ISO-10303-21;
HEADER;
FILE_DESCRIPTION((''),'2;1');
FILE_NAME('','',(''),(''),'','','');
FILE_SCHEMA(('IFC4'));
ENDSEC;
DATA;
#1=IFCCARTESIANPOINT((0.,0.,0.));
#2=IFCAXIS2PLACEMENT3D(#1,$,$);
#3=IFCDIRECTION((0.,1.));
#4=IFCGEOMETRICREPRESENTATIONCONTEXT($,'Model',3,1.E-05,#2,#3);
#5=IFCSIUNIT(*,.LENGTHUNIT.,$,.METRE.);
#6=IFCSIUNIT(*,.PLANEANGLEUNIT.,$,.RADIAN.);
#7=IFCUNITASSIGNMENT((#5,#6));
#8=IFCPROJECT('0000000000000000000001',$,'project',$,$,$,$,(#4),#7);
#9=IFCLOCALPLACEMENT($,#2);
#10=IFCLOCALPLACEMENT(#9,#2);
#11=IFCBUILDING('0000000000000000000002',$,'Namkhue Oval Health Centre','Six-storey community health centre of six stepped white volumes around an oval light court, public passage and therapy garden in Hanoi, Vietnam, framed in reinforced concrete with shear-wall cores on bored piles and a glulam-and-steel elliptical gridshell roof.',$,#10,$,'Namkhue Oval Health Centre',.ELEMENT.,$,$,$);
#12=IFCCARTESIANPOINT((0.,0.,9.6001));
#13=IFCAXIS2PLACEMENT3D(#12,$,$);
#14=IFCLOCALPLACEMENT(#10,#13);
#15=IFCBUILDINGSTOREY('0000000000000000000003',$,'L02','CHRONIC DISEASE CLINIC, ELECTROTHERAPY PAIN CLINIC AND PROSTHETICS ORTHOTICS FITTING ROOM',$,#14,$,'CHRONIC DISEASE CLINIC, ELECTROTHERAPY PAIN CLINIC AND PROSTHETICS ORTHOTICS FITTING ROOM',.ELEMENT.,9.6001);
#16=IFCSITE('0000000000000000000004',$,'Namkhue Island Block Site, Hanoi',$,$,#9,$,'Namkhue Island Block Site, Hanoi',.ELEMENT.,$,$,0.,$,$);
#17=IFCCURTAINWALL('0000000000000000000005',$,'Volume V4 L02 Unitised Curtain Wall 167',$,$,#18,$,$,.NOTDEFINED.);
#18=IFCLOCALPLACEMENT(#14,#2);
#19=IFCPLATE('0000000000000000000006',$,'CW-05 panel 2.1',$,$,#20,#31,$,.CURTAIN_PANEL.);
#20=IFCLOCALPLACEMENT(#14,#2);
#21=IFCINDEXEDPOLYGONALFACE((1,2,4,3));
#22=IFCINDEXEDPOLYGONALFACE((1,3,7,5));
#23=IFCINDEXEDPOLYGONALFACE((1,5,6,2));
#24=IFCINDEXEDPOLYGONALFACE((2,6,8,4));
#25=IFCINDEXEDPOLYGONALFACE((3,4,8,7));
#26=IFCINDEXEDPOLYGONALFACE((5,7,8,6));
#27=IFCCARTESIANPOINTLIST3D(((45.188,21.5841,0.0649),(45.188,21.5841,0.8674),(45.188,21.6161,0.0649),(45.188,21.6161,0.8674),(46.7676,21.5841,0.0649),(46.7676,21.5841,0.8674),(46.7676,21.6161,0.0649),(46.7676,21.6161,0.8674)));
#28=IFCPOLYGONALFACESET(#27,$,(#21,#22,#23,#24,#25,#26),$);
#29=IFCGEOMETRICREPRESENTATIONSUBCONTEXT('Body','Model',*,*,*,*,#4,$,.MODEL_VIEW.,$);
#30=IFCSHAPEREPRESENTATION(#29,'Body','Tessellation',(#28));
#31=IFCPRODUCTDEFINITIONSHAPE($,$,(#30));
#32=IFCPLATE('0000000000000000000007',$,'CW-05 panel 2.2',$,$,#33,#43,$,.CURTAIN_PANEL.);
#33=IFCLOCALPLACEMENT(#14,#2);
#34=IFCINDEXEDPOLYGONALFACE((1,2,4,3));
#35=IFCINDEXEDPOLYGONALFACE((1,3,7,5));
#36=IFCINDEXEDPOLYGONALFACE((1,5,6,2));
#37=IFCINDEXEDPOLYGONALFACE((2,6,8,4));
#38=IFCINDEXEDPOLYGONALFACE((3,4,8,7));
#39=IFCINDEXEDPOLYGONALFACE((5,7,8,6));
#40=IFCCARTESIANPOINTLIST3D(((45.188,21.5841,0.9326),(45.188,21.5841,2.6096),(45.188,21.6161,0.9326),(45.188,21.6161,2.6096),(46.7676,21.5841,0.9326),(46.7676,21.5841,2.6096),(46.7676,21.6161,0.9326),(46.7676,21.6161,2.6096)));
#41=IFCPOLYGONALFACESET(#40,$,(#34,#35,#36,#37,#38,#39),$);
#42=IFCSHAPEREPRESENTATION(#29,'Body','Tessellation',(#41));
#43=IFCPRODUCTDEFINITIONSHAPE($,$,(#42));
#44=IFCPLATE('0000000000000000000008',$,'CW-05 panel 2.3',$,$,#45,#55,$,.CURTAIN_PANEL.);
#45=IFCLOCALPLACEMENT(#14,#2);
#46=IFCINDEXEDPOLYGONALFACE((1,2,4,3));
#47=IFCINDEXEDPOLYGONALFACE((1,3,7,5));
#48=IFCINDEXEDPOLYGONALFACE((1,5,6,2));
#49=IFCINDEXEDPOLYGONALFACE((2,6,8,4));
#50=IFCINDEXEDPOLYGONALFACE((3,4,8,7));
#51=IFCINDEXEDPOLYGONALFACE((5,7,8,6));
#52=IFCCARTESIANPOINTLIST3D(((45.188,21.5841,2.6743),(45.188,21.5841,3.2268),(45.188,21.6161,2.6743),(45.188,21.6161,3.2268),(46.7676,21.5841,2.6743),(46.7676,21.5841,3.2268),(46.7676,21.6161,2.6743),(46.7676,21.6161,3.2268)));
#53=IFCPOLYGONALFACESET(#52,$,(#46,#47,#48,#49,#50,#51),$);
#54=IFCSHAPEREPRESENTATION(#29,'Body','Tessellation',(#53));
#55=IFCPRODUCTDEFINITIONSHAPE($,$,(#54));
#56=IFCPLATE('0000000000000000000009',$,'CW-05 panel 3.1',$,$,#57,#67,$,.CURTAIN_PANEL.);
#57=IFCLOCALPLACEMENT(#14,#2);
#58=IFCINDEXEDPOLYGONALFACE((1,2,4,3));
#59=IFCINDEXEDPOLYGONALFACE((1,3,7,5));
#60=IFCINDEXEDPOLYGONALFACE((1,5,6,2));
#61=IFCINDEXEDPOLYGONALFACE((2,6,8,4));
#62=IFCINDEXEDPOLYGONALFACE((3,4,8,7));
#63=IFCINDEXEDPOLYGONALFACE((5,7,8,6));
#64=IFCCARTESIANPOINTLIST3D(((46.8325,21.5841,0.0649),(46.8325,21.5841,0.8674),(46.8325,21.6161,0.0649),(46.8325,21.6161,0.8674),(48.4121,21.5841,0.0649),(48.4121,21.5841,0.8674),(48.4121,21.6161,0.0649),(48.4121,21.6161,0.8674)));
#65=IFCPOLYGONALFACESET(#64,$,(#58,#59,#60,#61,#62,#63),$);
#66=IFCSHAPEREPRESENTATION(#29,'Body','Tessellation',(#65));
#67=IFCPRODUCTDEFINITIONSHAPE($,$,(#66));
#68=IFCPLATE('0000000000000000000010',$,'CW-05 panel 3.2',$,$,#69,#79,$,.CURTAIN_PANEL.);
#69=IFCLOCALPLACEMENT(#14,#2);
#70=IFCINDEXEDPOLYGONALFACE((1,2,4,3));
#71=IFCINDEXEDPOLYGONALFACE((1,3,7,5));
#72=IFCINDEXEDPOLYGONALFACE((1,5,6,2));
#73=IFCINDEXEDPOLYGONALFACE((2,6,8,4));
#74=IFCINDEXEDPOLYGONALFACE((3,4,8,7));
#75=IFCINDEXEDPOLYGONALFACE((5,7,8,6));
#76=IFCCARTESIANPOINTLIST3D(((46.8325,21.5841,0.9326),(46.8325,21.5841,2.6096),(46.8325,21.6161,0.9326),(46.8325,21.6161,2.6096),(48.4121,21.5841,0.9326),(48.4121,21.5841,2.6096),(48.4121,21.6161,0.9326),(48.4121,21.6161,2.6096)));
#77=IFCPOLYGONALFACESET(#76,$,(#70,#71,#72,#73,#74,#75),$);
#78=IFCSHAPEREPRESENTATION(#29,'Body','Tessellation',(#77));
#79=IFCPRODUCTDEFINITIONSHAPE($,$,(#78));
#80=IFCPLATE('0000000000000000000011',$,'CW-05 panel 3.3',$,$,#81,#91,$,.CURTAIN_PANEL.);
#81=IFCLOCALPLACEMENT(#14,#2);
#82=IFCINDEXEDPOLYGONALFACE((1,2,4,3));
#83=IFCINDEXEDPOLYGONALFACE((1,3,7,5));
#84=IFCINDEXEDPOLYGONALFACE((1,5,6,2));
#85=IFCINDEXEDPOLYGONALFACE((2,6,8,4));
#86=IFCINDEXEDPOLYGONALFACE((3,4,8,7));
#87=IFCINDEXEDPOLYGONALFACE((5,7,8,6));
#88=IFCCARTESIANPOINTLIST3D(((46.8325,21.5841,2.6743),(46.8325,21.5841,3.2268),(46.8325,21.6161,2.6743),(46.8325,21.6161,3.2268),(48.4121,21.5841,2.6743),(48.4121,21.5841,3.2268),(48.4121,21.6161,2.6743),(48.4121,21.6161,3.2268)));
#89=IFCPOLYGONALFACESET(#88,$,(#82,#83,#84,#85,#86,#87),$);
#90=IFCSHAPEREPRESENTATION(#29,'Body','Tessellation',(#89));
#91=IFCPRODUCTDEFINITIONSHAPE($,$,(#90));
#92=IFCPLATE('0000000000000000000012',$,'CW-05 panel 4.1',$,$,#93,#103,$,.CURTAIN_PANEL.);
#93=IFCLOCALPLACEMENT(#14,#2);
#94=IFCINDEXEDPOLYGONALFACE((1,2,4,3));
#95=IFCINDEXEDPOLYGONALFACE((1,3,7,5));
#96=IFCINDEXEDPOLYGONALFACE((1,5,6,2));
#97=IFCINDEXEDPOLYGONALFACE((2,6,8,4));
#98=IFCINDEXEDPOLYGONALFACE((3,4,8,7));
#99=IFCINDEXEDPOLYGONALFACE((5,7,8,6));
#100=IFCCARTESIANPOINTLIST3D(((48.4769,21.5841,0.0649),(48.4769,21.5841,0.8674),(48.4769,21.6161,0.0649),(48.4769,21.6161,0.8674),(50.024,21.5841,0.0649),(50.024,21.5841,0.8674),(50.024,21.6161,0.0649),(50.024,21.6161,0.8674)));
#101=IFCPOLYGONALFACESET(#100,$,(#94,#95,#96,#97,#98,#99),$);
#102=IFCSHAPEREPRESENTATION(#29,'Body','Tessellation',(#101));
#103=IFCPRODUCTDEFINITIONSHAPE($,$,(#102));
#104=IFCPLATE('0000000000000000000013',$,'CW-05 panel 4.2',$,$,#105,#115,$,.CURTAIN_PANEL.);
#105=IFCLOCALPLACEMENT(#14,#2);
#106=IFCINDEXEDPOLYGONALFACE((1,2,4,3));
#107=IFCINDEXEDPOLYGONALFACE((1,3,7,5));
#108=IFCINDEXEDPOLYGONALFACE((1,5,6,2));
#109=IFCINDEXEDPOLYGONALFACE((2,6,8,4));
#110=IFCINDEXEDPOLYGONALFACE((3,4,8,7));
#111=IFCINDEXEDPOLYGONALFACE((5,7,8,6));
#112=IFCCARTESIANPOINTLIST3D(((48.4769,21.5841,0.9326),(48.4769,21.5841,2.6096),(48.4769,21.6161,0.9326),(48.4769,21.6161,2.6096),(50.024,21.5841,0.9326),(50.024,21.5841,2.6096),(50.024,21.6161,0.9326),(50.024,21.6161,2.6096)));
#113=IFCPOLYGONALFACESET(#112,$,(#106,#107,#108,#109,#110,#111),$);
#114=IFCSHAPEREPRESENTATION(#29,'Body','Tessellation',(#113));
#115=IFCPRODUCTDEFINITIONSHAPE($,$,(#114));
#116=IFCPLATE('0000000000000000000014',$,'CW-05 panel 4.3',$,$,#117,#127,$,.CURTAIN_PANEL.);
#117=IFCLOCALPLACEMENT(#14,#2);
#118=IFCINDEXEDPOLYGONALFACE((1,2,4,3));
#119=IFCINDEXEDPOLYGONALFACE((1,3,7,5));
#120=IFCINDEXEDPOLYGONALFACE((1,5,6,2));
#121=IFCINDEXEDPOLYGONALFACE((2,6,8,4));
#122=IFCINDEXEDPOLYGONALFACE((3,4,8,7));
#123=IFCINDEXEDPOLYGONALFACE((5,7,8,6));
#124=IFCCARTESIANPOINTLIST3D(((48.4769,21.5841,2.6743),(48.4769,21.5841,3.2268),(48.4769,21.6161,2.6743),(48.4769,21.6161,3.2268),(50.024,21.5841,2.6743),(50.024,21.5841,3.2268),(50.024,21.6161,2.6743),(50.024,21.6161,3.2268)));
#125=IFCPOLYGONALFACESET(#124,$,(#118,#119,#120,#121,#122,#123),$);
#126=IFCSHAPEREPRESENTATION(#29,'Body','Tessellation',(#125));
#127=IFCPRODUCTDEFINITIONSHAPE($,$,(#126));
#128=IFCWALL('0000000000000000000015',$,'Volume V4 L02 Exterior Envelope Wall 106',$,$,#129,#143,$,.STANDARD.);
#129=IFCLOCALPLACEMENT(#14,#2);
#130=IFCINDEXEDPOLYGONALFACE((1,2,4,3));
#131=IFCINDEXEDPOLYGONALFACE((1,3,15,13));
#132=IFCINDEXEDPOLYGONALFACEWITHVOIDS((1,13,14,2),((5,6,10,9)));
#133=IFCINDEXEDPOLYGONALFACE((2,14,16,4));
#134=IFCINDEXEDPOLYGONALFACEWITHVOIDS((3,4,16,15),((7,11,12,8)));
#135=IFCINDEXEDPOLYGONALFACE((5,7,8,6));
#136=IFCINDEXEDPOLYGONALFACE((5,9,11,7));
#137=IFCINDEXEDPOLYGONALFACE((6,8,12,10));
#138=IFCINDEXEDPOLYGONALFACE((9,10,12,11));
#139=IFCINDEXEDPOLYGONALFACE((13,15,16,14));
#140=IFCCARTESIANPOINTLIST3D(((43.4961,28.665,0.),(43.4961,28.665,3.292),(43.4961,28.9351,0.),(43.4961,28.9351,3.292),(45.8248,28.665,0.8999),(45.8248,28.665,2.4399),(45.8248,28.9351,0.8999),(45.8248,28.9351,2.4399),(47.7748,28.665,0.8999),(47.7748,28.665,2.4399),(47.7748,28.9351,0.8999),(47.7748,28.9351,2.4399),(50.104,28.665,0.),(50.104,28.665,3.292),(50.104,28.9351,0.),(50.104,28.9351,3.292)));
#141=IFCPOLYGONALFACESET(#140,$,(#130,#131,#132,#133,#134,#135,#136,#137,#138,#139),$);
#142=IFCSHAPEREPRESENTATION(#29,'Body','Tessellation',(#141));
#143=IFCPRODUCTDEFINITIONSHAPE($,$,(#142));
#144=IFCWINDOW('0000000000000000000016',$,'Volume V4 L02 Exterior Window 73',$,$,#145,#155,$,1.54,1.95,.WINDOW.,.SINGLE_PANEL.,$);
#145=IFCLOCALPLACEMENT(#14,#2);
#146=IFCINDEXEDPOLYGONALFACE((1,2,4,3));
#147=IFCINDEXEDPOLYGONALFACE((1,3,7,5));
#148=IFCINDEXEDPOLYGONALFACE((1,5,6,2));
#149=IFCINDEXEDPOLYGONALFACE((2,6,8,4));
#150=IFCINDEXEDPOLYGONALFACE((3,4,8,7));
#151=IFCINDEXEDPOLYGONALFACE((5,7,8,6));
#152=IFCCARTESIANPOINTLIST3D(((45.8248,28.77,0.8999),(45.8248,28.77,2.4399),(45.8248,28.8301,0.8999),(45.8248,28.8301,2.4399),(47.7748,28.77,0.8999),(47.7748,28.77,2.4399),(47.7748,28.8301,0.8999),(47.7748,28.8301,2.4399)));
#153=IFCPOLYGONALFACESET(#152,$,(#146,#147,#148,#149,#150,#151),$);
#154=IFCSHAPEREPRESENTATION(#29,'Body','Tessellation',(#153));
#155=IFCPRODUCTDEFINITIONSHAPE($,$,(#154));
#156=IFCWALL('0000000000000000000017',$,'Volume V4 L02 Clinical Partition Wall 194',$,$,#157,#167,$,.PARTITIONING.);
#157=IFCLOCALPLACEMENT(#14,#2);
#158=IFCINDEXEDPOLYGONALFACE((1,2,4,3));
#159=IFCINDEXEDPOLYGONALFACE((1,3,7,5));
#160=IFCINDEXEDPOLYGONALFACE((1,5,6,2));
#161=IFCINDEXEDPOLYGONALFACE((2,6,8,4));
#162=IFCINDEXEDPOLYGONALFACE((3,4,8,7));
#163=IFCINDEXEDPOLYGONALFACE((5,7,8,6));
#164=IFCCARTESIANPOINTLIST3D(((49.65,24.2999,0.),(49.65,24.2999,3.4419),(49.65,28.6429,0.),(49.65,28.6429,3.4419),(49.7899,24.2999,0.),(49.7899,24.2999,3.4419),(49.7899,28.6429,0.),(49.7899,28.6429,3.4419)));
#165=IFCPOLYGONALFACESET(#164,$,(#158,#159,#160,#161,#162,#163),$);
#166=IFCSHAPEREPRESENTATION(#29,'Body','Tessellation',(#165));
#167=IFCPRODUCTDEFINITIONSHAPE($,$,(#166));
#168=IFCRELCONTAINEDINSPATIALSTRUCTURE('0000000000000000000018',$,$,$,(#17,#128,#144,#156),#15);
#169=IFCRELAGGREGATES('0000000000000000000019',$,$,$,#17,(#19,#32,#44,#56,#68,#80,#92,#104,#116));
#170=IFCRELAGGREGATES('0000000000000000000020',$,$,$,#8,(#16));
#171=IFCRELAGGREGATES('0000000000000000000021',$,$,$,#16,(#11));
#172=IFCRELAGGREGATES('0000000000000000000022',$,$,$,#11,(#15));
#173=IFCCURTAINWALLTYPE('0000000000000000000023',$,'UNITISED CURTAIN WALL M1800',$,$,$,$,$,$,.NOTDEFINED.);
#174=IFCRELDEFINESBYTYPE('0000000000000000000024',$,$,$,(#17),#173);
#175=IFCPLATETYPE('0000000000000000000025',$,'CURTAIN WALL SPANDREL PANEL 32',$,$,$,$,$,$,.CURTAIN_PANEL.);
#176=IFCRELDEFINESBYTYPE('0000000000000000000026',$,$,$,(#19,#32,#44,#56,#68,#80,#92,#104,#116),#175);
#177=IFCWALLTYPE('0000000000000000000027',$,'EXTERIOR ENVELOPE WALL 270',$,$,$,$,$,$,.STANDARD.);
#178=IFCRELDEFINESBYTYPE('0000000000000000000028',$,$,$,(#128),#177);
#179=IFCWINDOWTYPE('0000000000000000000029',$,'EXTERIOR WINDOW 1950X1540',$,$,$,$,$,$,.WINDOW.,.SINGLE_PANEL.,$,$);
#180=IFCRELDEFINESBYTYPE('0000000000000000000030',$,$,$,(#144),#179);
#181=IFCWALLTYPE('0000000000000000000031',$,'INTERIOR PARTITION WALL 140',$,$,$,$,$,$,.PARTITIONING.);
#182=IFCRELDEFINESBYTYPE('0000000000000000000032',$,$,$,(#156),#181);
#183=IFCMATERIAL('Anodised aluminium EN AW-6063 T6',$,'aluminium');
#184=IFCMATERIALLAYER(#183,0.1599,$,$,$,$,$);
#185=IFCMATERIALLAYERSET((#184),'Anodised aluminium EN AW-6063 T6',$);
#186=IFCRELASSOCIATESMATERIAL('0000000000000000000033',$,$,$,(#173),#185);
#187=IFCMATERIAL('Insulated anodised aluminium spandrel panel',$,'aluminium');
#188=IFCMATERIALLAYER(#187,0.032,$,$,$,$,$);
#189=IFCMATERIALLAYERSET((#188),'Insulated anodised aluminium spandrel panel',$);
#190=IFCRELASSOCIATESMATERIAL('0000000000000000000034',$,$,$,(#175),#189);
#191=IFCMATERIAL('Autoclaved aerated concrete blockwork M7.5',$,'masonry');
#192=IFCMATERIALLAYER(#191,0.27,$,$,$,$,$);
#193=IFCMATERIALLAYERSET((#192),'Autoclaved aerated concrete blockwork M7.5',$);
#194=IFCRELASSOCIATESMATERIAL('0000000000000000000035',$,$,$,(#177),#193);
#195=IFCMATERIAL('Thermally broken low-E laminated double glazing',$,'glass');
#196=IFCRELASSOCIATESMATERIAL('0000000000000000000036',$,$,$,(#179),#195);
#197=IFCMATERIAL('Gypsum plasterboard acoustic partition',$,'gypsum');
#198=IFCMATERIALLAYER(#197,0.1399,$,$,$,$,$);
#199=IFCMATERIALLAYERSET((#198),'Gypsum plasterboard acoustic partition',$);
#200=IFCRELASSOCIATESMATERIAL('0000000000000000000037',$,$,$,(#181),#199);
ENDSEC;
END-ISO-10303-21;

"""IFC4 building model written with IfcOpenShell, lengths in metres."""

from ifc_helpers import new_model, si_unit, direction, frame, frame_2d, origin, origin_2d, place, context, subcontext, project, spatial, rectangle, extrude, material, layer, layer_set, type_object, element, fill, aggregate, save


model = new_model("IFC4")

# Units and contexts
model_context = context("Model", 3, precision=1e-05, world=origin(), true_north=direction((0.0, 1.0)))
body_context = subcontext(model_context, "Body", "Model", "MODEL_VIEW")
ifc_project = project(units=[si_unit("LENGTHUNIT", "METRE"), si_unit("PLANEANGLEUNIT", "RADIAN")], contexts=[model_context])

# Site, building, storey
site_placement = place(None, origin())
site = spatial("IfcSite", under=ifc_project, at=site_placement, Name="Namkhue Island Block Site, Hanoi", LongName="Namkhue Island Block Site, Hanoi", CompositionType="ELEMENT", RefElevation=0.0)
building_placement = place(site_placement, origin())
building = spatial("IfcBuilding", under=site, at=building_placement, Name="Namkhue Oval Health Centre", Description="Six-storey community health centre of six stepped white volumes around an oval light court, public passage and therapy garden in Hanoi, Vietnam, framed in reinforced concrete with shear-wall cores on bored piles and a glulam-and-steel elliptical gridshell roof.", LongName="Namkhue Oval Health Centre", CompositionType="ELEMENT")
storey_placement = place(building_placement, frame((0.0, 0.0, 9.6001)))
storey = spatial("IfcBuildingStorey", under=building, at=storey_placement, Name="L02", Description="CHRONIC DISEASE CLINIC, ELECTROTHERAPY PAIN CLINIC AND PROSTHETICS ORTHOTICS FITTING ROOM", LongName="CHRONIC DISEASE CLINIC, ELECTROTHERAPY PAIN CLINIC AND PROSTHETICS ORTHOTICS FITTING ROOM", CompositionType="ELEMENT", Elevation=9.6001)

# Curtain wall, plates
ifc_material_1 = material(Name="Anodised aluminium EN AW-6063 T6", Category="aluminium")
ifc_layer_1 = layer(ifc_material_1, 0.1599)
ifc_layer_set_1 = layer_set([ifc_layer_1], Name="Anodised aluminium EN AW-6063 T6")
curtain_wall_type = type_object("IfcCurtainWallType", Name="UNITISED CURTAIN WALL M1800", PredefinedType="NOTDEFINED", material=ifc_layer_set_1)
curtain_wall_placement = place(storey_placement, origin())
curtain_wall = element("IfcCurtainWall", 1, at=curtain_wall_placement, inside=storey, type_object=curtain_wall_type, Name="Volume V4 L02 Unitised Curtain Wall 167", PredefinedType="NOTDEFINED")
ifc_material_2 = material(Name="Insulated anodised aluminium spandrel panel", Category="aluminium")
ifc_layer_2 = layer(ifc_material_2, 0.032)
ifc_layer_set_2 = layer_set([ifc_layer_2], Name="Insulated anodised aluminium spandrel panel")
plate_type = type_object("IfcPlateType", Name="CURTAIN WALL SPANDREL PANEL 32", PredefinedType="CURTAIN_PANEL", material=ifc_layer_set_2)
plate_1_placement = place(storey_placement, frame((45.9778, 21.6001, 0.0649), z_axis=(0.0, 0.0, 1.0), x_axis=(1.0, 0.0, 0.0)))
plate_1 = element("IfcPlate", 2, at=plate_1_placement, type_object=plate_type, Name="CW-05 panel 2.1", PredefinedType="CURTAIN_PANEL", context=body_context, shape_type="SweptSolid", body=[
    extrude(rectangle(XDim=1.5796, YDim=0.032, at=origin_2d()), origin(), (0.0, 0.0, 1.0), 0.8025),
])
plate_2_placement = place(storey_placement, frame((45.9778, 21.6001, 0.9326), z_axis=(0.0, 0.0, 1.0), x_axis=(1.0, 0.0, 0.0)))
plate_2 = element("IfcPlate", 3, at=plate_2_placement, type_object=plate_type, Name="CW-05 panel 2.2", PredefinedType="CURTAIN_PANEL", context=body_context, shape_type="SweptSolid", body=[
    extrude(rectangle(XDim=1.5796, YDim=0.032, at=origin_2d()), origin(), (0.0, 0.0, 1.0), 1.677),
])
plate_3_placement = place(storey_placement, frame((45.9778, 21.6001, 2.6743), z_axis=(0.0, 0.0, 1.0), x_axis=(1.0, 0.0, 0.0)))
plate_3 = element("IfcPlate", 4, at=plate_3_placement, type_object=plate_type, Name="CW-05 panel 2.3", PredefinedType="CURTAIN_PANEL", context=body_context, shape_type="SweptSolid", body=[
    extrude(rectangle(XDim=1.5796, YDim=0.032, at=origin_2d()), origin(), (0.0, 0.0, 1.0), 0.5525),
])
plate_4_placement = place(storey_placement, frame((47.6223, 21.6001, 0.0649), z_axis=(0.0, 0.0, 1.0), x_axis=(1.0, 0.0, 0.0)))
plate_4 = element("IfcPlate", 5, at=plate_4_placement, type_object=plate_type, Name="CW-05 panel 3.1", PredefinedType="CURTAIN_PANEL", context=body_context, shape_type="SweptSolid", body=[
    extrude(rectangle(XDim=1.5796, YDim=0.032, at=origin_2d()), origin(), (0.0, 0.0, 1.0), 0.8025),
])
plate_5_placement = place(storey_placement, frame((47.6223, 21.6001, 0.9326), z_axis=(0.0, 0.0, 1.0), x_axis=(1.0, 0.0, 0.0)))
plate_5 = element("IfcPlate", 6, at=plate_5_placement, type_object=plate_type, Name="CW-05 panel 3.2", PredefinedType="CURTAIN_PANEL", context=body_context, shape_type="SweptSolid", body=[
    extrude(rectangle(XDim=1.5796, YDim=0.032, at=origin_2d()), origin(), (0.0, 0.0, 1.0), 1.677),
])
plate_6_placement = place(storey_placement, frame((47.6223, 21.6001, 2.6743), z_axis=(0.0, 0.0, 1.0), x_axis=(1.0, 0.0, 0.0)))
plate_6 = element("IfcPlate", 7, at=plate_6_placement, type_object=plate_type, Name="CW-05 panel 3.3", PredefinedType="CURTAIN_PANEL", context=body_context, shape_type="SweptSolid", body=[
    extrude(rectangle(XDim=1.5796, YDim=0.032, at=origin_2d()), origin(), (0.0, 0.0, 1.0), 0.5525),
])
plate_7_placement = place(storey_placement, frame((49.2505, 21.6001, 0.0649), z_axis=(0.0, 0.0, 1.0), x_axis=(1.0, 0.0, 0.0)))
plate_7 = element("IfcPlate", 8, at=plate_7_placement, type_object=plate_type, Name="CW-05 panel 4.1", PredefinedType="CURTAIN_PANEL", context=body_context, shape_type="SweptSolid", body=[
    extrude(rectangle(XDim=1.5471, YDim=0.032, at=origin_2d()), origin(), (0.0, 0.0, 1.0), 0.8025),
])
plate_8_placement = place(storey_placement, frame((49.2505, 21.6001, 0.9326), z_axis=(0.0, 0.0, 1.0), x_axis=(1.0, 0.0, 0.0)))
plate_8 = element("IfcPlate", 9, at=plate_8_placement, type_object=plate_type, Name="CW-05 panel 4.2", PredefinedType="CURTAIN_PANEL", context=body_context, shape_type="SweptSolid", body=[
    extrude(rectangle(XDim=1.5471, YDim=0.032, at=origin_2d()), origin(), (0.0, 0.0, 1.0), 1.677),
])
plate_9_placement = place(storey_placement, frame((49.2505, 21.6001, 2.6743), z_axis=(0.0, 0.0, 1.0), x_axis=(1.0, 0.0, 0.0)))
plate_9 = element("IfcPlate", 10, at=plate_9_placement, type_object=plate_type, Name="CW-05 panel 4.3", PredefinedType="CURTAIN_PANEL", context=body_context, shape_type="SweptSolid", body=[
    extrude(rectangle(XDim=1.5471, YDim=0.032, at=origin_2d()), origin(), (0.0, 0.0, 1.0), 0.5525),
])
aggregate(curtain_wall, [plate_1, plate_2, plate_3, plate_4, plate_5, plate_6, plate_7, plate_8, plate_9])

# Wall, opening, window
ifc_material_3 = material(Name="Autoclaved aerated concrete blockwork M7.5", Category="masonry")
ifc_layer_3 = layer(ifc_material_3, 0.27)
ifc_layer_set_3 = layer_set([ifc_layer_3], Name="Autoclaved aerated concrete blockwork M7.5")
wall_type_1 = type_object("IfcWallType", Name="EXTERIOR ENVELOPE WALL 270", PredefinedType="STANDARD", material=ifc_layer_set_3)
wall_1_placement = place(storey_placement, frame((50.104, 28.8, 0.0), z_axis=(0.0, 0.0, 1.0), x_axis=(-1.0, 0.0, 0.0)))
wall_1 = element("IfcWall", 11, at=wall_1_placement, inside=storey, type_object=wall_type_1, Name="Volume V4 L02 Exterior Envelope Wall 106", PredefinedType="STANDARD", context=body_context, shape_type="SweptSolid", body=[
    extrude(rectangle(XDim=6.6079, YDim=0.27, at=frame_2d((3.304, 0.0))), origin(), (0.0, 0.0, 1.0), 3.292),
])
opening_placement = place(wall_1_placement, frame((2.3291, 0.0, 0.8999)))
opening = element("IfcOpeningElement", 12, at=opening_placement, cuts=wall_1, PredefinedType="OPENING", context=body_context, shape_type="SweptSolid", body=[
    extrude(rectangle(XDim=1.95, YDim=1.54, at=frame_2d((0.9751, 0.77))), frame((0.0, 0.145, 0.0), z_axis=(0.0, -1.0, 0.0), x_axis=(1.0, 0.0, 0.0)), (0.0, 0.0, 1.0), 0.29),
])
ifc_material_4 = material(Name="Thermally broken low-E laminated double glazing", Category="glass")
window_type = type_object("IfcWindowType", Name="EXTERIOR WINDOW 1950X1540", PartitioningType="SINGLE_PANEL", PredefinedType="WINDOW", material=ifc_material_4)
window_placement = place(opening_placement, origin())
window = element("IfcWindow", 13, at=window_placement, inside=storey, type_object=window_type, Name="Volume V4 L02 Exterior Window 73", OverallHeight=1.54, OverallWidth=1.95, PartitioningType="SINGLE_PANEL", PredefinedType="WINDOW", context=body_context, shape_type="SweptSolid", body=[
    extrude(rectangle(XDim=1.95, YDim=1.54, at=frame_2d((0.9751, 0.77))), frame((0.0, 0.03, 0.0), z_axis=(0.0, -1.0, 0.0), x_axis=(1.0, 0.0, 0.0)), (0.0, 0.0, 1.0), 0.0601),
])
fill(opening, window)

# Wall
ifc_material_5 = material(Name="Gypsum plasterboard acoustic partition", Category="gypsum")
ifc_layer_4 = layer(ifc_material_5, 0.1399)
ifc_layer_set_4 = layer_set([ifc_layer_4], Name="Gypsum plasterboard acoustic partition")
wall_type_2 = type_object("IfcWallType", Name="INTERIOR PARTITION WALL 140", PredefinedType="PARTITIONING", material=ifc_layer_set_4)
wall_2_placement = place(storey_placement, frame((49.72, 24.3, 0.0), z_axis=(0.0, 0.0, 1.0), x_axis=(0.0, 1.0, 0.0)))
element("IfcWall", 14, at=wall_2_placement, inside=storey, type_object=wall_type_2, Name="Volume V4 L02 Clinical Partition Wall 194", PredefinedType="PARTITIONING", context=body_context, shape_type="SweptSolid", body=[
    extrude(rectangle(XDim=4.343, YDim=0.1399, at=frame_2d((2.1714, 0.0))), origin(), (0.0, 0.0, 1.0), 3.4419),
])

save(model, "model.ifc")
